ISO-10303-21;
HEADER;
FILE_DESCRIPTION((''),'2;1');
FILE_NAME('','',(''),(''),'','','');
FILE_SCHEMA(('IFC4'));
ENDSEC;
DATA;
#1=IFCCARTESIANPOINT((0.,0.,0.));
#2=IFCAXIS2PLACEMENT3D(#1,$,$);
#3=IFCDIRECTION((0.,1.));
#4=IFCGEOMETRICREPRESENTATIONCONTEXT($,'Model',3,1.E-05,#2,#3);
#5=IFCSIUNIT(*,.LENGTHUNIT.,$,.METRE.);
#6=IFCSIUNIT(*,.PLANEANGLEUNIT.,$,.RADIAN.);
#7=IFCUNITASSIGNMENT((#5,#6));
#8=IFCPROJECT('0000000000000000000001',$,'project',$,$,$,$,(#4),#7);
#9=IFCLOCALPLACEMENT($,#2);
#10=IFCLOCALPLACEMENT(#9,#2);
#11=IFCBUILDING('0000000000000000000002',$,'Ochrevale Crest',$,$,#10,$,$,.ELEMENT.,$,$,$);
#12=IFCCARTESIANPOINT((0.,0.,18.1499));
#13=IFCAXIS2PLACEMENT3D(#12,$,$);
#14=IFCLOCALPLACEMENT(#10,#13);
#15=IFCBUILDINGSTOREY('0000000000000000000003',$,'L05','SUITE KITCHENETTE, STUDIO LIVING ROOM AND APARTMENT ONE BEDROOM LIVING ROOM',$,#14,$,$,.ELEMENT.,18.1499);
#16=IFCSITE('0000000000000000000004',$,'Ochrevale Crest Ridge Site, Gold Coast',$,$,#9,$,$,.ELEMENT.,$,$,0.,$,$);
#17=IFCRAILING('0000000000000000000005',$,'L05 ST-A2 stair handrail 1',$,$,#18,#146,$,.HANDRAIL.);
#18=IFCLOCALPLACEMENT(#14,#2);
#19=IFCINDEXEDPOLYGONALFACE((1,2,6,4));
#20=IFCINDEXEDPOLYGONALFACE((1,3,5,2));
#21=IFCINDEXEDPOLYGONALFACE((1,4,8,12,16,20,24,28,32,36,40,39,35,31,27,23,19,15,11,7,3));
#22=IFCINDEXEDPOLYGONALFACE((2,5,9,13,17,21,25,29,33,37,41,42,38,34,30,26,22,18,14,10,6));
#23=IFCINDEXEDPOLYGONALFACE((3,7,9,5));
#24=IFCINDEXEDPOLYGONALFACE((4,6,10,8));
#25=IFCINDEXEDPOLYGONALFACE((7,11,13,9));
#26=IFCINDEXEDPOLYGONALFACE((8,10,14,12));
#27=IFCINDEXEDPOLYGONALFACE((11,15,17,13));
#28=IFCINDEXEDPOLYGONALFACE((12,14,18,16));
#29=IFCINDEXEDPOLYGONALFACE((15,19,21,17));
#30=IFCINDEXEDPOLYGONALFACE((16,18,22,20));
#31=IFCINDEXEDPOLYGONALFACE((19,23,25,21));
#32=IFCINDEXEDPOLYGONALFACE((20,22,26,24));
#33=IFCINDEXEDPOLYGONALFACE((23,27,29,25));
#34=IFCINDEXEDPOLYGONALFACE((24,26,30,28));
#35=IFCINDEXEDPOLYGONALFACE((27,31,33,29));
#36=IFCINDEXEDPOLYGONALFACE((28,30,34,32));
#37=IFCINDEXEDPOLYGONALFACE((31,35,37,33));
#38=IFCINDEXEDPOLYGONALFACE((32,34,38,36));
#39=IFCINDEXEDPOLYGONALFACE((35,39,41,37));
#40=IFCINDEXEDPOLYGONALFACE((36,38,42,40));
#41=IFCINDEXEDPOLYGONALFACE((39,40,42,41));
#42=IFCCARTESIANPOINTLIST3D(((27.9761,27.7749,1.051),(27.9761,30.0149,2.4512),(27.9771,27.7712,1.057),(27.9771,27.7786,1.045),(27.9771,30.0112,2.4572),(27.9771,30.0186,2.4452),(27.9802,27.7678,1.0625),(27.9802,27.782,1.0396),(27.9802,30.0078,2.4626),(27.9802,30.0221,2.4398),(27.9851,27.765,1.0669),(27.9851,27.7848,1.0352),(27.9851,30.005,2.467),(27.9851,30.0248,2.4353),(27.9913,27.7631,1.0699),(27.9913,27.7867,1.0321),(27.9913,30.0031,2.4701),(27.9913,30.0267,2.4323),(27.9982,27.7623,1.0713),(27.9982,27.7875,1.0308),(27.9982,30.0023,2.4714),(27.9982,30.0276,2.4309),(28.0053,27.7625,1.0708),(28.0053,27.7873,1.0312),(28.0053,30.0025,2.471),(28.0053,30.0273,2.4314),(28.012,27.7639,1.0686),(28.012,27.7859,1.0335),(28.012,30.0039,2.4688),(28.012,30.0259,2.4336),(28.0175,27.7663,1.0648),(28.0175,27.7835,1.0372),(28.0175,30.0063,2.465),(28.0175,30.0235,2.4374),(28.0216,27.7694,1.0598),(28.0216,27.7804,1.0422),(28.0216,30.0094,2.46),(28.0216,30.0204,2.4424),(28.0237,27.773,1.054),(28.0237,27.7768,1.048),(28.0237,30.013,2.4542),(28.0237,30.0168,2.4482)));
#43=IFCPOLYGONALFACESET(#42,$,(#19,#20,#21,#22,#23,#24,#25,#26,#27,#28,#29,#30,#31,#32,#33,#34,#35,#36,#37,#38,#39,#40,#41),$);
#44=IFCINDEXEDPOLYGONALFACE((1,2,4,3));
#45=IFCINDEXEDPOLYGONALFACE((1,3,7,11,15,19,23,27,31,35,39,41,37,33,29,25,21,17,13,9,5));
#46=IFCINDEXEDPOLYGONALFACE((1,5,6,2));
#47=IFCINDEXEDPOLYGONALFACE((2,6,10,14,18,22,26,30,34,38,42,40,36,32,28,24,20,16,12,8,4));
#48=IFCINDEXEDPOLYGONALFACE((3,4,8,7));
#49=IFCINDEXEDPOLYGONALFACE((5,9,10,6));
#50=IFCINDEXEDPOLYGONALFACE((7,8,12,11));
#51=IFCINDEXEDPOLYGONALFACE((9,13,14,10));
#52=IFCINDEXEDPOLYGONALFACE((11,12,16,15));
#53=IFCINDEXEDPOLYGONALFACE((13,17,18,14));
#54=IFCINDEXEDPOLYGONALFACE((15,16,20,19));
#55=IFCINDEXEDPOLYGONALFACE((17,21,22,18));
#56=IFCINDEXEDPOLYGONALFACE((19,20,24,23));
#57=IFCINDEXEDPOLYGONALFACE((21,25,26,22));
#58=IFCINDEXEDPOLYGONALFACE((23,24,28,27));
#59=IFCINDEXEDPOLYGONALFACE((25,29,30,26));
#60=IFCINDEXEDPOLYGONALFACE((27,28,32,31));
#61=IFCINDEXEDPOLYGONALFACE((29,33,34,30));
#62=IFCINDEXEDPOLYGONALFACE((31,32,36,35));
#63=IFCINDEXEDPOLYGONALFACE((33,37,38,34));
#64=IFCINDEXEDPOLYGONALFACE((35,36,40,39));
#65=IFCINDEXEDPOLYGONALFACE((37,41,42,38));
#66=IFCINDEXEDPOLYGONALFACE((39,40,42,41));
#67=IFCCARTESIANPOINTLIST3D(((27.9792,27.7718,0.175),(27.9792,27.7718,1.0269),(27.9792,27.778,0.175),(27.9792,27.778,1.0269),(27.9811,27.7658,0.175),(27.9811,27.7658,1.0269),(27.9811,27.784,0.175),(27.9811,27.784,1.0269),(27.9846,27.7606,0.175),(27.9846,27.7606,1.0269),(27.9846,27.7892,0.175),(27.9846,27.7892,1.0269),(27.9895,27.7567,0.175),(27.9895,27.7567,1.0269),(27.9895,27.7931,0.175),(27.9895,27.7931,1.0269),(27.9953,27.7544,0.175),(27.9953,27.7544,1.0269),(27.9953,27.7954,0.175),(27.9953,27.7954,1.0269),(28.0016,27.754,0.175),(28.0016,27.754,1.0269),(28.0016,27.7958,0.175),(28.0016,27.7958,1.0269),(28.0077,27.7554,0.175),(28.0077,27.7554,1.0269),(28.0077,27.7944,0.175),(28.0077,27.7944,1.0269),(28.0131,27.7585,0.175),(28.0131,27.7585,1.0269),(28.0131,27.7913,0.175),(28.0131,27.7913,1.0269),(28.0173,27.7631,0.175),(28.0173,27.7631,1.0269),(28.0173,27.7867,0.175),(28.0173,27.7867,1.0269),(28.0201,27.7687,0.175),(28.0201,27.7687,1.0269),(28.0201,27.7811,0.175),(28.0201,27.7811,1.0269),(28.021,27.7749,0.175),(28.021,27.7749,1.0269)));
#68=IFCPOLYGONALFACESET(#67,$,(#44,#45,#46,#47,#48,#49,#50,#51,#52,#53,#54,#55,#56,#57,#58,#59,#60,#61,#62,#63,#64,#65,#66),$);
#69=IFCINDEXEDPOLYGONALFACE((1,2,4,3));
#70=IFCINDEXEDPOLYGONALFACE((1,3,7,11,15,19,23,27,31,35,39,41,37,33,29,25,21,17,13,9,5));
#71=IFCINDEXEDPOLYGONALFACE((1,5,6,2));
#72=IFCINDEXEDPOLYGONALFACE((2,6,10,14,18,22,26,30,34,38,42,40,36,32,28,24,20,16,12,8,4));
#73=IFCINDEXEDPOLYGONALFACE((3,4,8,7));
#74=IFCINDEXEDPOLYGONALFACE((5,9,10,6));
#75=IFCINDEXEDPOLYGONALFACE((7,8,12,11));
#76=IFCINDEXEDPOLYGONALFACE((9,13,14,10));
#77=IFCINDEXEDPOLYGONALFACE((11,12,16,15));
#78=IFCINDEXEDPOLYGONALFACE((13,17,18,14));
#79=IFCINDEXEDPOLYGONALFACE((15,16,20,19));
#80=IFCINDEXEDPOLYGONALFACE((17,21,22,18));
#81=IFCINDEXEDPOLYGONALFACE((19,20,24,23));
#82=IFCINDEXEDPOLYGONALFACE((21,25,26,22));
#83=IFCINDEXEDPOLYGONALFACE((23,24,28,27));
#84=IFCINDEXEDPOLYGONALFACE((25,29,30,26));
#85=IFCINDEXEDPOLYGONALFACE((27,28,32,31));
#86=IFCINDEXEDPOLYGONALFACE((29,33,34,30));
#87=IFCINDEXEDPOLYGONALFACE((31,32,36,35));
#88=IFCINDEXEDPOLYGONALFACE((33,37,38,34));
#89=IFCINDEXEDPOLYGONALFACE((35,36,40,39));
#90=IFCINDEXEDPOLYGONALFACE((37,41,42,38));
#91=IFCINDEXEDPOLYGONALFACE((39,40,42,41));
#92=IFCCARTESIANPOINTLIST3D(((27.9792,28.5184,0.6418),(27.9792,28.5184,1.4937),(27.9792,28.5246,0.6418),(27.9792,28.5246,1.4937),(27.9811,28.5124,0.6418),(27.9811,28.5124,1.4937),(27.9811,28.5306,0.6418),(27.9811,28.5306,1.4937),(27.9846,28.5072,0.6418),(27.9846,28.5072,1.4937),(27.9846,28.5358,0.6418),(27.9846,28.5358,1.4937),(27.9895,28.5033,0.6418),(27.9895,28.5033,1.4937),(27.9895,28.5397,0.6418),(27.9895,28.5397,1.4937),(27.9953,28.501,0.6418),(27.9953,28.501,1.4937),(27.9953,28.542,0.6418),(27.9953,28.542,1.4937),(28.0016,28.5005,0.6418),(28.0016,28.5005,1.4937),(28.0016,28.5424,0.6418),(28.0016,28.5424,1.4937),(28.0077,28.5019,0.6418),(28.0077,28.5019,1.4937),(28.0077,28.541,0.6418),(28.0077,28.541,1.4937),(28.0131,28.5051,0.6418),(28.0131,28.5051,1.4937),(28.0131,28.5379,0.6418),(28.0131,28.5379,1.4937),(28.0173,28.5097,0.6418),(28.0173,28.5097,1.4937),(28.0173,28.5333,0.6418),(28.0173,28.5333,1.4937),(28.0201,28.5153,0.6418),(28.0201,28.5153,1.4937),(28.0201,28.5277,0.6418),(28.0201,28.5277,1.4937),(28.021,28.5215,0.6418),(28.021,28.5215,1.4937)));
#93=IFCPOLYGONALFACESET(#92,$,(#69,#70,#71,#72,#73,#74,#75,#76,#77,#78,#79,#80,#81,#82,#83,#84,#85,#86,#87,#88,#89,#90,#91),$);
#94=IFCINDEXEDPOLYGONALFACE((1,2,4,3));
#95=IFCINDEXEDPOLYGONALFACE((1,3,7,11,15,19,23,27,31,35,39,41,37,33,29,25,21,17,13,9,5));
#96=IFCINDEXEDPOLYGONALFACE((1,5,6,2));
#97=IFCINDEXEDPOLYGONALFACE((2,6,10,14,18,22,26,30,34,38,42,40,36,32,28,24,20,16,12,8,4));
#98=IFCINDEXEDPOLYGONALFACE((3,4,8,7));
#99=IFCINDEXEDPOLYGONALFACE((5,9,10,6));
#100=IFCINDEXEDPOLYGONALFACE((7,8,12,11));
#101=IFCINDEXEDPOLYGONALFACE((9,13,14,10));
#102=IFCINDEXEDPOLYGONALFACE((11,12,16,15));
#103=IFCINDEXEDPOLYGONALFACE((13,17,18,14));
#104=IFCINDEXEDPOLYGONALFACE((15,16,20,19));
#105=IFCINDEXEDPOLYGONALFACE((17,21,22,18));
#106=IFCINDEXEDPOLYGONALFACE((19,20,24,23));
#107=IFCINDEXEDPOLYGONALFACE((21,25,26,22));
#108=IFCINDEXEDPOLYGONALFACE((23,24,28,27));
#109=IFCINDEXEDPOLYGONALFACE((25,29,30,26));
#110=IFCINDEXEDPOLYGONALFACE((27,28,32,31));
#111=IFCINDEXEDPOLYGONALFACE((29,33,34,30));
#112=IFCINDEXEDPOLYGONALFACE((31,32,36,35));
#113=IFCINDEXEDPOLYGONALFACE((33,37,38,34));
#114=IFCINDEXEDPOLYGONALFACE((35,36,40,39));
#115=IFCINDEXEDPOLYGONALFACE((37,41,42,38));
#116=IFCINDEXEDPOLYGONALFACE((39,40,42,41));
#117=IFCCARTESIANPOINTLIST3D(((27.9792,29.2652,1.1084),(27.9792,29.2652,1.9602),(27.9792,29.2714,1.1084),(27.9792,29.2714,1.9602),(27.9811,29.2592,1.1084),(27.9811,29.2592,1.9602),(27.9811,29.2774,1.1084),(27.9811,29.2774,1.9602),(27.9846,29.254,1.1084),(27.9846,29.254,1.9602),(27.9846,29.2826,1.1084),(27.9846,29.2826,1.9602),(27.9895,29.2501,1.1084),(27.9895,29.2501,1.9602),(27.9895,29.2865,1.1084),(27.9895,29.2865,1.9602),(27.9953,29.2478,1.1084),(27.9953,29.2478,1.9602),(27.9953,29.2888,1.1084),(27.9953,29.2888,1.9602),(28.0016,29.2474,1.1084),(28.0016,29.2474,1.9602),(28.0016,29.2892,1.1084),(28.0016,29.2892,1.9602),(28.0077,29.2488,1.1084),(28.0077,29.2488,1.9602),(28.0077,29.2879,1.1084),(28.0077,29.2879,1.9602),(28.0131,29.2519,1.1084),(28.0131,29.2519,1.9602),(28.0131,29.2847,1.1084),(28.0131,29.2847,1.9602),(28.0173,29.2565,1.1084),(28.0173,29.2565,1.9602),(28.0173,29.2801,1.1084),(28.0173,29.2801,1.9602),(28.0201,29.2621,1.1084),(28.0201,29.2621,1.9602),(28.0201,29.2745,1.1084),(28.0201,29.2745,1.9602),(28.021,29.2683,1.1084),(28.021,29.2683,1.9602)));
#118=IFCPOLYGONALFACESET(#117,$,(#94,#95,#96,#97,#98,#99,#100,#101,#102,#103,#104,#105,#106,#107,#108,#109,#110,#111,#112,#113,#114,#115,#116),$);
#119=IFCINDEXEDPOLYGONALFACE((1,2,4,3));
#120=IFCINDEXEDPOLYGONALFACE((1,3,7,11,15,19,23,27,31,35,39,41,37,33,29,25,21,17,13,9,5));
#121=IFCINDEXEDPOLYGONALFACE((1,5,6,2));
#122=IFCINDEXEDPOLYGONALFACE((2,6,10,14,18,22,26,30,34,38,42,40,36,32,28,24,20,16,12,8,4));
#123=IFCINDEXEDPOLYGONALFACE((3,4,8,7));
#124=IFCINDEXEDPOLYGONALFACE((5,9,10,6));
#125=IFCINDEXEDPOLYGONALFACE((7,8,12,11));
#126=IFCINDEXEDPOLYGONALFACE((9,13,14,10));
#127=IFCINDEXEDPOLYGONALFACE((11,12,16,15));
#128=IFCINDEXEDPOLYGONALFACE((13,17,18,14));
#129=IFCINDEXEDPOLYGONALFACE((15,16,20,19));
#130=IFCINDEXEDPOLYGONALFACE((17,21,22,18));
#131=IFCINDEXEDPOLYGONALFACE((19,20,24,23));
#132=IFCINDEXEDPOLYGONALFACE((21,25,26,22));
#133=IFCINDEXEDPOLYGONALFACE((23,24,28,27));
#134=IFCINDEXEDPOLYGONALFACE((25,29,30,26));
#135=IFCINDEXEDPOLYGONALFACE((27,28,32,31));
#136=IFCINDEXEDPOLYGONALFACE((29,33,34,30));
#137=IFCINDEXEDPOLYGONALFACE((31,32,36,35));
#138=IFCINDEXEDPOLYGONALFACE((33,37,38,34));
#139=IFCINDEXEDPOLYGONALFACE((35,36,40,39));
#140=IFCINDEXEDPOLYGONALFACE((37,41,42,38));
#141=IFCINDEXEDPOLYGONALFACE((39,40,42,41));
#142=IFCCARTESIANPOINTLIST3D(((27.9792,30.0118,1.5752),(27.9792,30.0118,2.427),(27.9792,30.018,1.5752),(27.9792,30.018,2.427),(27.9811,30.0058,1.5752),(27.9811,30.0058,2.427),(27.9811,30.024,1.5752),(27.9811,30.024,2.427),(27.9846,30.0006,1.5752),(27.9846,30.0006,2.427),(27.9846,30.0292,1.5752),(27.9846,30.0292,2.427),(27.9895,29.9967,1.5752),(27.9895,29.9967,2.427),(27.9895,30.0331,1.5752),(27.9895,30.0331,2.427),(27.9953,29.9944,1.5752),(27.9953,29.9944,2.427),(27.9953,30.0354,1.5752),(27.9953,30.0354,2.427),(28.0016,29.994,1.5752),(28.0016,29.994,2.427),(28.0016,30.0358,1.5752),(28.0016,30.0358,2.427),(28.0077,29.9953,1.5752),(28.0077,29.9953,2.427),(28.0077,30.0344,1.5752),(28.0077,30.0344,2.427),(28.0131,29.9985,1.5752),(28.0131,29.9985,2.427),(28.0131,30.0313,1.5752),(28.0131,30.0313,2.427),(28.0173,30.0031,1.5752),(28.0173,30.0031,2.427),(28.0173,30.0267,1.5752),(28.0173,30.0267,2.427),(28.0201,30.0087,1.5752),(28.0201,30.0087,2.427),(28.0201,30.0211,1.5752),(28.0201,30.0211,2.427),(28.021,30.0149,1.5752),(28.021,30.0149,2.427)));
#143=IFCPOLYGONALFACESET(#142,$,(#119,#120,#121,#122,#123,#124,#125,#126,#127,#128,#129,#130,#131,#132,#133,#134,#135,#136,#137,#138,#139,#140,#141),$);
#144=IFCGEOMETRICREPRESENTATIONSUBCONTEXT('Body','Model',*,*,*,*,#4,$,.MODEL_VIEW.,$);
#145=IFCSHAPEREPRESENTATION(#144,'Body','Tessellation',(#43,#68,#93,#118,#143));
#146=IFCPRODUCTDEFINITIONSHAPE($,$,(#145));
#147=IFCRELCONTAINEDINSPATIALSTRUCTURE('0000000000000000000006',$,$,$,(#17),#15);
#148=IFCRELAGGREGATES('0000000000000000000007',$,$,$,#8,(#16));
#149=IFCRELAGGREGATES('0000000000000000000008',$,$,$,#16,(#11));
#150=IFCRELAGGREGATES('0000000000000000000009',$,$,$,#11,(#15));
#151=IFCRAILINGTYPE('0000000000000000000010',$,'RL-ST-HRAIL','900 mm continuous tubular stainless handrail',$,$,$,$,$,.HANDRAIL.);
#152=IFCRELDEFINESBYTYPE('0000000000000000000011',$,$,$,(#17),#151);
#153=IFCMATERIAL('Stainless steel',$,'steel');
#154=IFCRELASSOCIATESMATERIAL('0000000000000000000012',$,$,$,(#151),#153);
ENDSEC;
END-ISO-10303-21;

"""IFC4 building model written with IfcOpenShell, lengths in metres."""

from ifc_helpers import new_model, si_unit, direction, frame, origin, origin_2d, place, context, subcontext, project, spatial, circle, extrude, material, type_object, element, save


model = new_model("IFC4")

# Units and contexts
model_context = context("Model", 3, precision=1e-05, world=origin(), true_north=direction((0.0, 1.0)))
body_context = subcontext(model_context, "Body", "Model", "MODEL_VIEW")
ifc_project = project(units=[si_unit("LENGTHUNIT", "METRE"), si_unit("PLANEANGLEUNIT", "RADIAN")], contexts=[model_context])

# Site, building, storey
site_placement = place(None, origin())
site = spatial("IfcSite", under=ifc_project, at=site_placement, Name="Ochrevale Crest Ridge Site, Gold Coast", CompositionType="ELEMENT", RefElevation=0.0)
building_placement = place(site_placement, origin())
building = spatial("IfcBuilding", under=site, at=building_placement, Name="Ochrevale Crest", CompositionType="ELEMENT")
storey_placement = place(building_placement, frame((0.0, 0.0, 18.1499)))
storey = spatial("IfcBuildingStorey", under=building, at=storey_placement, Name="L05", Description="SUITE KITCHENETTE, STUDIO LIVING ROOM AND APARTMENT ONE BEDROOM LIVING ROOM", CompositionType="ELEMENT", Elevation=18.1499)

# Railing
ifc_material_1 = material(Name="Stainless steel", Category="steel")
railing_type_1 = type_object("IfcRailingType", Name="RL-ST-HRAIL", Description="900 mm continuous tubular stainless handrail", PredefinedType="HANDRAIL", material=ifc_material_1)
railing_1_placement = place(storey_placement, frame((28.0, 27.7749, 0.175)))
element("IfcRailing", 1, at=railing_1_placement, inside=storey, type_object=railing_type_1, Name="L05 ST-A2 stair handrail 1", PredefinedType="HANDRAIL", context=body_context, shape_type="SweptSolid", body=[
    extrude(circle(Radius=0.0239, at=origin_2d()), frame((0.0, 0.0, 0.876), z_axis=(0.0, 0.847972, 0.53004), x_axis=(-1.0, 0.0, 0.0)), (0.0, 0.0, 1.0), 2.6416),
    extrude(circle(Radius=0.021, at=origin_2d()), origin(), (0.0, 0.0, 1.0), 0.8518),
    extrude(circle(Radius=0.021, at=origin_2d()), frame((0.0, 0.7466, 0.4668)), (0.0, 0.0, 1.0), 0.8518),
    extrude(circle(Radius=0.021, at=origin_2d()), frame((0.0, 1.4934, 0.9333)), (0.0, 0.0, 1.0), 0.8518),
    extrude(circle(Radius=0.021, at=origin_2d()), frame((0.0, 2.24, 1.4001)), (0.0, 0.0, 1.0), 0.8518),
])

save(model, "model.ifc")
